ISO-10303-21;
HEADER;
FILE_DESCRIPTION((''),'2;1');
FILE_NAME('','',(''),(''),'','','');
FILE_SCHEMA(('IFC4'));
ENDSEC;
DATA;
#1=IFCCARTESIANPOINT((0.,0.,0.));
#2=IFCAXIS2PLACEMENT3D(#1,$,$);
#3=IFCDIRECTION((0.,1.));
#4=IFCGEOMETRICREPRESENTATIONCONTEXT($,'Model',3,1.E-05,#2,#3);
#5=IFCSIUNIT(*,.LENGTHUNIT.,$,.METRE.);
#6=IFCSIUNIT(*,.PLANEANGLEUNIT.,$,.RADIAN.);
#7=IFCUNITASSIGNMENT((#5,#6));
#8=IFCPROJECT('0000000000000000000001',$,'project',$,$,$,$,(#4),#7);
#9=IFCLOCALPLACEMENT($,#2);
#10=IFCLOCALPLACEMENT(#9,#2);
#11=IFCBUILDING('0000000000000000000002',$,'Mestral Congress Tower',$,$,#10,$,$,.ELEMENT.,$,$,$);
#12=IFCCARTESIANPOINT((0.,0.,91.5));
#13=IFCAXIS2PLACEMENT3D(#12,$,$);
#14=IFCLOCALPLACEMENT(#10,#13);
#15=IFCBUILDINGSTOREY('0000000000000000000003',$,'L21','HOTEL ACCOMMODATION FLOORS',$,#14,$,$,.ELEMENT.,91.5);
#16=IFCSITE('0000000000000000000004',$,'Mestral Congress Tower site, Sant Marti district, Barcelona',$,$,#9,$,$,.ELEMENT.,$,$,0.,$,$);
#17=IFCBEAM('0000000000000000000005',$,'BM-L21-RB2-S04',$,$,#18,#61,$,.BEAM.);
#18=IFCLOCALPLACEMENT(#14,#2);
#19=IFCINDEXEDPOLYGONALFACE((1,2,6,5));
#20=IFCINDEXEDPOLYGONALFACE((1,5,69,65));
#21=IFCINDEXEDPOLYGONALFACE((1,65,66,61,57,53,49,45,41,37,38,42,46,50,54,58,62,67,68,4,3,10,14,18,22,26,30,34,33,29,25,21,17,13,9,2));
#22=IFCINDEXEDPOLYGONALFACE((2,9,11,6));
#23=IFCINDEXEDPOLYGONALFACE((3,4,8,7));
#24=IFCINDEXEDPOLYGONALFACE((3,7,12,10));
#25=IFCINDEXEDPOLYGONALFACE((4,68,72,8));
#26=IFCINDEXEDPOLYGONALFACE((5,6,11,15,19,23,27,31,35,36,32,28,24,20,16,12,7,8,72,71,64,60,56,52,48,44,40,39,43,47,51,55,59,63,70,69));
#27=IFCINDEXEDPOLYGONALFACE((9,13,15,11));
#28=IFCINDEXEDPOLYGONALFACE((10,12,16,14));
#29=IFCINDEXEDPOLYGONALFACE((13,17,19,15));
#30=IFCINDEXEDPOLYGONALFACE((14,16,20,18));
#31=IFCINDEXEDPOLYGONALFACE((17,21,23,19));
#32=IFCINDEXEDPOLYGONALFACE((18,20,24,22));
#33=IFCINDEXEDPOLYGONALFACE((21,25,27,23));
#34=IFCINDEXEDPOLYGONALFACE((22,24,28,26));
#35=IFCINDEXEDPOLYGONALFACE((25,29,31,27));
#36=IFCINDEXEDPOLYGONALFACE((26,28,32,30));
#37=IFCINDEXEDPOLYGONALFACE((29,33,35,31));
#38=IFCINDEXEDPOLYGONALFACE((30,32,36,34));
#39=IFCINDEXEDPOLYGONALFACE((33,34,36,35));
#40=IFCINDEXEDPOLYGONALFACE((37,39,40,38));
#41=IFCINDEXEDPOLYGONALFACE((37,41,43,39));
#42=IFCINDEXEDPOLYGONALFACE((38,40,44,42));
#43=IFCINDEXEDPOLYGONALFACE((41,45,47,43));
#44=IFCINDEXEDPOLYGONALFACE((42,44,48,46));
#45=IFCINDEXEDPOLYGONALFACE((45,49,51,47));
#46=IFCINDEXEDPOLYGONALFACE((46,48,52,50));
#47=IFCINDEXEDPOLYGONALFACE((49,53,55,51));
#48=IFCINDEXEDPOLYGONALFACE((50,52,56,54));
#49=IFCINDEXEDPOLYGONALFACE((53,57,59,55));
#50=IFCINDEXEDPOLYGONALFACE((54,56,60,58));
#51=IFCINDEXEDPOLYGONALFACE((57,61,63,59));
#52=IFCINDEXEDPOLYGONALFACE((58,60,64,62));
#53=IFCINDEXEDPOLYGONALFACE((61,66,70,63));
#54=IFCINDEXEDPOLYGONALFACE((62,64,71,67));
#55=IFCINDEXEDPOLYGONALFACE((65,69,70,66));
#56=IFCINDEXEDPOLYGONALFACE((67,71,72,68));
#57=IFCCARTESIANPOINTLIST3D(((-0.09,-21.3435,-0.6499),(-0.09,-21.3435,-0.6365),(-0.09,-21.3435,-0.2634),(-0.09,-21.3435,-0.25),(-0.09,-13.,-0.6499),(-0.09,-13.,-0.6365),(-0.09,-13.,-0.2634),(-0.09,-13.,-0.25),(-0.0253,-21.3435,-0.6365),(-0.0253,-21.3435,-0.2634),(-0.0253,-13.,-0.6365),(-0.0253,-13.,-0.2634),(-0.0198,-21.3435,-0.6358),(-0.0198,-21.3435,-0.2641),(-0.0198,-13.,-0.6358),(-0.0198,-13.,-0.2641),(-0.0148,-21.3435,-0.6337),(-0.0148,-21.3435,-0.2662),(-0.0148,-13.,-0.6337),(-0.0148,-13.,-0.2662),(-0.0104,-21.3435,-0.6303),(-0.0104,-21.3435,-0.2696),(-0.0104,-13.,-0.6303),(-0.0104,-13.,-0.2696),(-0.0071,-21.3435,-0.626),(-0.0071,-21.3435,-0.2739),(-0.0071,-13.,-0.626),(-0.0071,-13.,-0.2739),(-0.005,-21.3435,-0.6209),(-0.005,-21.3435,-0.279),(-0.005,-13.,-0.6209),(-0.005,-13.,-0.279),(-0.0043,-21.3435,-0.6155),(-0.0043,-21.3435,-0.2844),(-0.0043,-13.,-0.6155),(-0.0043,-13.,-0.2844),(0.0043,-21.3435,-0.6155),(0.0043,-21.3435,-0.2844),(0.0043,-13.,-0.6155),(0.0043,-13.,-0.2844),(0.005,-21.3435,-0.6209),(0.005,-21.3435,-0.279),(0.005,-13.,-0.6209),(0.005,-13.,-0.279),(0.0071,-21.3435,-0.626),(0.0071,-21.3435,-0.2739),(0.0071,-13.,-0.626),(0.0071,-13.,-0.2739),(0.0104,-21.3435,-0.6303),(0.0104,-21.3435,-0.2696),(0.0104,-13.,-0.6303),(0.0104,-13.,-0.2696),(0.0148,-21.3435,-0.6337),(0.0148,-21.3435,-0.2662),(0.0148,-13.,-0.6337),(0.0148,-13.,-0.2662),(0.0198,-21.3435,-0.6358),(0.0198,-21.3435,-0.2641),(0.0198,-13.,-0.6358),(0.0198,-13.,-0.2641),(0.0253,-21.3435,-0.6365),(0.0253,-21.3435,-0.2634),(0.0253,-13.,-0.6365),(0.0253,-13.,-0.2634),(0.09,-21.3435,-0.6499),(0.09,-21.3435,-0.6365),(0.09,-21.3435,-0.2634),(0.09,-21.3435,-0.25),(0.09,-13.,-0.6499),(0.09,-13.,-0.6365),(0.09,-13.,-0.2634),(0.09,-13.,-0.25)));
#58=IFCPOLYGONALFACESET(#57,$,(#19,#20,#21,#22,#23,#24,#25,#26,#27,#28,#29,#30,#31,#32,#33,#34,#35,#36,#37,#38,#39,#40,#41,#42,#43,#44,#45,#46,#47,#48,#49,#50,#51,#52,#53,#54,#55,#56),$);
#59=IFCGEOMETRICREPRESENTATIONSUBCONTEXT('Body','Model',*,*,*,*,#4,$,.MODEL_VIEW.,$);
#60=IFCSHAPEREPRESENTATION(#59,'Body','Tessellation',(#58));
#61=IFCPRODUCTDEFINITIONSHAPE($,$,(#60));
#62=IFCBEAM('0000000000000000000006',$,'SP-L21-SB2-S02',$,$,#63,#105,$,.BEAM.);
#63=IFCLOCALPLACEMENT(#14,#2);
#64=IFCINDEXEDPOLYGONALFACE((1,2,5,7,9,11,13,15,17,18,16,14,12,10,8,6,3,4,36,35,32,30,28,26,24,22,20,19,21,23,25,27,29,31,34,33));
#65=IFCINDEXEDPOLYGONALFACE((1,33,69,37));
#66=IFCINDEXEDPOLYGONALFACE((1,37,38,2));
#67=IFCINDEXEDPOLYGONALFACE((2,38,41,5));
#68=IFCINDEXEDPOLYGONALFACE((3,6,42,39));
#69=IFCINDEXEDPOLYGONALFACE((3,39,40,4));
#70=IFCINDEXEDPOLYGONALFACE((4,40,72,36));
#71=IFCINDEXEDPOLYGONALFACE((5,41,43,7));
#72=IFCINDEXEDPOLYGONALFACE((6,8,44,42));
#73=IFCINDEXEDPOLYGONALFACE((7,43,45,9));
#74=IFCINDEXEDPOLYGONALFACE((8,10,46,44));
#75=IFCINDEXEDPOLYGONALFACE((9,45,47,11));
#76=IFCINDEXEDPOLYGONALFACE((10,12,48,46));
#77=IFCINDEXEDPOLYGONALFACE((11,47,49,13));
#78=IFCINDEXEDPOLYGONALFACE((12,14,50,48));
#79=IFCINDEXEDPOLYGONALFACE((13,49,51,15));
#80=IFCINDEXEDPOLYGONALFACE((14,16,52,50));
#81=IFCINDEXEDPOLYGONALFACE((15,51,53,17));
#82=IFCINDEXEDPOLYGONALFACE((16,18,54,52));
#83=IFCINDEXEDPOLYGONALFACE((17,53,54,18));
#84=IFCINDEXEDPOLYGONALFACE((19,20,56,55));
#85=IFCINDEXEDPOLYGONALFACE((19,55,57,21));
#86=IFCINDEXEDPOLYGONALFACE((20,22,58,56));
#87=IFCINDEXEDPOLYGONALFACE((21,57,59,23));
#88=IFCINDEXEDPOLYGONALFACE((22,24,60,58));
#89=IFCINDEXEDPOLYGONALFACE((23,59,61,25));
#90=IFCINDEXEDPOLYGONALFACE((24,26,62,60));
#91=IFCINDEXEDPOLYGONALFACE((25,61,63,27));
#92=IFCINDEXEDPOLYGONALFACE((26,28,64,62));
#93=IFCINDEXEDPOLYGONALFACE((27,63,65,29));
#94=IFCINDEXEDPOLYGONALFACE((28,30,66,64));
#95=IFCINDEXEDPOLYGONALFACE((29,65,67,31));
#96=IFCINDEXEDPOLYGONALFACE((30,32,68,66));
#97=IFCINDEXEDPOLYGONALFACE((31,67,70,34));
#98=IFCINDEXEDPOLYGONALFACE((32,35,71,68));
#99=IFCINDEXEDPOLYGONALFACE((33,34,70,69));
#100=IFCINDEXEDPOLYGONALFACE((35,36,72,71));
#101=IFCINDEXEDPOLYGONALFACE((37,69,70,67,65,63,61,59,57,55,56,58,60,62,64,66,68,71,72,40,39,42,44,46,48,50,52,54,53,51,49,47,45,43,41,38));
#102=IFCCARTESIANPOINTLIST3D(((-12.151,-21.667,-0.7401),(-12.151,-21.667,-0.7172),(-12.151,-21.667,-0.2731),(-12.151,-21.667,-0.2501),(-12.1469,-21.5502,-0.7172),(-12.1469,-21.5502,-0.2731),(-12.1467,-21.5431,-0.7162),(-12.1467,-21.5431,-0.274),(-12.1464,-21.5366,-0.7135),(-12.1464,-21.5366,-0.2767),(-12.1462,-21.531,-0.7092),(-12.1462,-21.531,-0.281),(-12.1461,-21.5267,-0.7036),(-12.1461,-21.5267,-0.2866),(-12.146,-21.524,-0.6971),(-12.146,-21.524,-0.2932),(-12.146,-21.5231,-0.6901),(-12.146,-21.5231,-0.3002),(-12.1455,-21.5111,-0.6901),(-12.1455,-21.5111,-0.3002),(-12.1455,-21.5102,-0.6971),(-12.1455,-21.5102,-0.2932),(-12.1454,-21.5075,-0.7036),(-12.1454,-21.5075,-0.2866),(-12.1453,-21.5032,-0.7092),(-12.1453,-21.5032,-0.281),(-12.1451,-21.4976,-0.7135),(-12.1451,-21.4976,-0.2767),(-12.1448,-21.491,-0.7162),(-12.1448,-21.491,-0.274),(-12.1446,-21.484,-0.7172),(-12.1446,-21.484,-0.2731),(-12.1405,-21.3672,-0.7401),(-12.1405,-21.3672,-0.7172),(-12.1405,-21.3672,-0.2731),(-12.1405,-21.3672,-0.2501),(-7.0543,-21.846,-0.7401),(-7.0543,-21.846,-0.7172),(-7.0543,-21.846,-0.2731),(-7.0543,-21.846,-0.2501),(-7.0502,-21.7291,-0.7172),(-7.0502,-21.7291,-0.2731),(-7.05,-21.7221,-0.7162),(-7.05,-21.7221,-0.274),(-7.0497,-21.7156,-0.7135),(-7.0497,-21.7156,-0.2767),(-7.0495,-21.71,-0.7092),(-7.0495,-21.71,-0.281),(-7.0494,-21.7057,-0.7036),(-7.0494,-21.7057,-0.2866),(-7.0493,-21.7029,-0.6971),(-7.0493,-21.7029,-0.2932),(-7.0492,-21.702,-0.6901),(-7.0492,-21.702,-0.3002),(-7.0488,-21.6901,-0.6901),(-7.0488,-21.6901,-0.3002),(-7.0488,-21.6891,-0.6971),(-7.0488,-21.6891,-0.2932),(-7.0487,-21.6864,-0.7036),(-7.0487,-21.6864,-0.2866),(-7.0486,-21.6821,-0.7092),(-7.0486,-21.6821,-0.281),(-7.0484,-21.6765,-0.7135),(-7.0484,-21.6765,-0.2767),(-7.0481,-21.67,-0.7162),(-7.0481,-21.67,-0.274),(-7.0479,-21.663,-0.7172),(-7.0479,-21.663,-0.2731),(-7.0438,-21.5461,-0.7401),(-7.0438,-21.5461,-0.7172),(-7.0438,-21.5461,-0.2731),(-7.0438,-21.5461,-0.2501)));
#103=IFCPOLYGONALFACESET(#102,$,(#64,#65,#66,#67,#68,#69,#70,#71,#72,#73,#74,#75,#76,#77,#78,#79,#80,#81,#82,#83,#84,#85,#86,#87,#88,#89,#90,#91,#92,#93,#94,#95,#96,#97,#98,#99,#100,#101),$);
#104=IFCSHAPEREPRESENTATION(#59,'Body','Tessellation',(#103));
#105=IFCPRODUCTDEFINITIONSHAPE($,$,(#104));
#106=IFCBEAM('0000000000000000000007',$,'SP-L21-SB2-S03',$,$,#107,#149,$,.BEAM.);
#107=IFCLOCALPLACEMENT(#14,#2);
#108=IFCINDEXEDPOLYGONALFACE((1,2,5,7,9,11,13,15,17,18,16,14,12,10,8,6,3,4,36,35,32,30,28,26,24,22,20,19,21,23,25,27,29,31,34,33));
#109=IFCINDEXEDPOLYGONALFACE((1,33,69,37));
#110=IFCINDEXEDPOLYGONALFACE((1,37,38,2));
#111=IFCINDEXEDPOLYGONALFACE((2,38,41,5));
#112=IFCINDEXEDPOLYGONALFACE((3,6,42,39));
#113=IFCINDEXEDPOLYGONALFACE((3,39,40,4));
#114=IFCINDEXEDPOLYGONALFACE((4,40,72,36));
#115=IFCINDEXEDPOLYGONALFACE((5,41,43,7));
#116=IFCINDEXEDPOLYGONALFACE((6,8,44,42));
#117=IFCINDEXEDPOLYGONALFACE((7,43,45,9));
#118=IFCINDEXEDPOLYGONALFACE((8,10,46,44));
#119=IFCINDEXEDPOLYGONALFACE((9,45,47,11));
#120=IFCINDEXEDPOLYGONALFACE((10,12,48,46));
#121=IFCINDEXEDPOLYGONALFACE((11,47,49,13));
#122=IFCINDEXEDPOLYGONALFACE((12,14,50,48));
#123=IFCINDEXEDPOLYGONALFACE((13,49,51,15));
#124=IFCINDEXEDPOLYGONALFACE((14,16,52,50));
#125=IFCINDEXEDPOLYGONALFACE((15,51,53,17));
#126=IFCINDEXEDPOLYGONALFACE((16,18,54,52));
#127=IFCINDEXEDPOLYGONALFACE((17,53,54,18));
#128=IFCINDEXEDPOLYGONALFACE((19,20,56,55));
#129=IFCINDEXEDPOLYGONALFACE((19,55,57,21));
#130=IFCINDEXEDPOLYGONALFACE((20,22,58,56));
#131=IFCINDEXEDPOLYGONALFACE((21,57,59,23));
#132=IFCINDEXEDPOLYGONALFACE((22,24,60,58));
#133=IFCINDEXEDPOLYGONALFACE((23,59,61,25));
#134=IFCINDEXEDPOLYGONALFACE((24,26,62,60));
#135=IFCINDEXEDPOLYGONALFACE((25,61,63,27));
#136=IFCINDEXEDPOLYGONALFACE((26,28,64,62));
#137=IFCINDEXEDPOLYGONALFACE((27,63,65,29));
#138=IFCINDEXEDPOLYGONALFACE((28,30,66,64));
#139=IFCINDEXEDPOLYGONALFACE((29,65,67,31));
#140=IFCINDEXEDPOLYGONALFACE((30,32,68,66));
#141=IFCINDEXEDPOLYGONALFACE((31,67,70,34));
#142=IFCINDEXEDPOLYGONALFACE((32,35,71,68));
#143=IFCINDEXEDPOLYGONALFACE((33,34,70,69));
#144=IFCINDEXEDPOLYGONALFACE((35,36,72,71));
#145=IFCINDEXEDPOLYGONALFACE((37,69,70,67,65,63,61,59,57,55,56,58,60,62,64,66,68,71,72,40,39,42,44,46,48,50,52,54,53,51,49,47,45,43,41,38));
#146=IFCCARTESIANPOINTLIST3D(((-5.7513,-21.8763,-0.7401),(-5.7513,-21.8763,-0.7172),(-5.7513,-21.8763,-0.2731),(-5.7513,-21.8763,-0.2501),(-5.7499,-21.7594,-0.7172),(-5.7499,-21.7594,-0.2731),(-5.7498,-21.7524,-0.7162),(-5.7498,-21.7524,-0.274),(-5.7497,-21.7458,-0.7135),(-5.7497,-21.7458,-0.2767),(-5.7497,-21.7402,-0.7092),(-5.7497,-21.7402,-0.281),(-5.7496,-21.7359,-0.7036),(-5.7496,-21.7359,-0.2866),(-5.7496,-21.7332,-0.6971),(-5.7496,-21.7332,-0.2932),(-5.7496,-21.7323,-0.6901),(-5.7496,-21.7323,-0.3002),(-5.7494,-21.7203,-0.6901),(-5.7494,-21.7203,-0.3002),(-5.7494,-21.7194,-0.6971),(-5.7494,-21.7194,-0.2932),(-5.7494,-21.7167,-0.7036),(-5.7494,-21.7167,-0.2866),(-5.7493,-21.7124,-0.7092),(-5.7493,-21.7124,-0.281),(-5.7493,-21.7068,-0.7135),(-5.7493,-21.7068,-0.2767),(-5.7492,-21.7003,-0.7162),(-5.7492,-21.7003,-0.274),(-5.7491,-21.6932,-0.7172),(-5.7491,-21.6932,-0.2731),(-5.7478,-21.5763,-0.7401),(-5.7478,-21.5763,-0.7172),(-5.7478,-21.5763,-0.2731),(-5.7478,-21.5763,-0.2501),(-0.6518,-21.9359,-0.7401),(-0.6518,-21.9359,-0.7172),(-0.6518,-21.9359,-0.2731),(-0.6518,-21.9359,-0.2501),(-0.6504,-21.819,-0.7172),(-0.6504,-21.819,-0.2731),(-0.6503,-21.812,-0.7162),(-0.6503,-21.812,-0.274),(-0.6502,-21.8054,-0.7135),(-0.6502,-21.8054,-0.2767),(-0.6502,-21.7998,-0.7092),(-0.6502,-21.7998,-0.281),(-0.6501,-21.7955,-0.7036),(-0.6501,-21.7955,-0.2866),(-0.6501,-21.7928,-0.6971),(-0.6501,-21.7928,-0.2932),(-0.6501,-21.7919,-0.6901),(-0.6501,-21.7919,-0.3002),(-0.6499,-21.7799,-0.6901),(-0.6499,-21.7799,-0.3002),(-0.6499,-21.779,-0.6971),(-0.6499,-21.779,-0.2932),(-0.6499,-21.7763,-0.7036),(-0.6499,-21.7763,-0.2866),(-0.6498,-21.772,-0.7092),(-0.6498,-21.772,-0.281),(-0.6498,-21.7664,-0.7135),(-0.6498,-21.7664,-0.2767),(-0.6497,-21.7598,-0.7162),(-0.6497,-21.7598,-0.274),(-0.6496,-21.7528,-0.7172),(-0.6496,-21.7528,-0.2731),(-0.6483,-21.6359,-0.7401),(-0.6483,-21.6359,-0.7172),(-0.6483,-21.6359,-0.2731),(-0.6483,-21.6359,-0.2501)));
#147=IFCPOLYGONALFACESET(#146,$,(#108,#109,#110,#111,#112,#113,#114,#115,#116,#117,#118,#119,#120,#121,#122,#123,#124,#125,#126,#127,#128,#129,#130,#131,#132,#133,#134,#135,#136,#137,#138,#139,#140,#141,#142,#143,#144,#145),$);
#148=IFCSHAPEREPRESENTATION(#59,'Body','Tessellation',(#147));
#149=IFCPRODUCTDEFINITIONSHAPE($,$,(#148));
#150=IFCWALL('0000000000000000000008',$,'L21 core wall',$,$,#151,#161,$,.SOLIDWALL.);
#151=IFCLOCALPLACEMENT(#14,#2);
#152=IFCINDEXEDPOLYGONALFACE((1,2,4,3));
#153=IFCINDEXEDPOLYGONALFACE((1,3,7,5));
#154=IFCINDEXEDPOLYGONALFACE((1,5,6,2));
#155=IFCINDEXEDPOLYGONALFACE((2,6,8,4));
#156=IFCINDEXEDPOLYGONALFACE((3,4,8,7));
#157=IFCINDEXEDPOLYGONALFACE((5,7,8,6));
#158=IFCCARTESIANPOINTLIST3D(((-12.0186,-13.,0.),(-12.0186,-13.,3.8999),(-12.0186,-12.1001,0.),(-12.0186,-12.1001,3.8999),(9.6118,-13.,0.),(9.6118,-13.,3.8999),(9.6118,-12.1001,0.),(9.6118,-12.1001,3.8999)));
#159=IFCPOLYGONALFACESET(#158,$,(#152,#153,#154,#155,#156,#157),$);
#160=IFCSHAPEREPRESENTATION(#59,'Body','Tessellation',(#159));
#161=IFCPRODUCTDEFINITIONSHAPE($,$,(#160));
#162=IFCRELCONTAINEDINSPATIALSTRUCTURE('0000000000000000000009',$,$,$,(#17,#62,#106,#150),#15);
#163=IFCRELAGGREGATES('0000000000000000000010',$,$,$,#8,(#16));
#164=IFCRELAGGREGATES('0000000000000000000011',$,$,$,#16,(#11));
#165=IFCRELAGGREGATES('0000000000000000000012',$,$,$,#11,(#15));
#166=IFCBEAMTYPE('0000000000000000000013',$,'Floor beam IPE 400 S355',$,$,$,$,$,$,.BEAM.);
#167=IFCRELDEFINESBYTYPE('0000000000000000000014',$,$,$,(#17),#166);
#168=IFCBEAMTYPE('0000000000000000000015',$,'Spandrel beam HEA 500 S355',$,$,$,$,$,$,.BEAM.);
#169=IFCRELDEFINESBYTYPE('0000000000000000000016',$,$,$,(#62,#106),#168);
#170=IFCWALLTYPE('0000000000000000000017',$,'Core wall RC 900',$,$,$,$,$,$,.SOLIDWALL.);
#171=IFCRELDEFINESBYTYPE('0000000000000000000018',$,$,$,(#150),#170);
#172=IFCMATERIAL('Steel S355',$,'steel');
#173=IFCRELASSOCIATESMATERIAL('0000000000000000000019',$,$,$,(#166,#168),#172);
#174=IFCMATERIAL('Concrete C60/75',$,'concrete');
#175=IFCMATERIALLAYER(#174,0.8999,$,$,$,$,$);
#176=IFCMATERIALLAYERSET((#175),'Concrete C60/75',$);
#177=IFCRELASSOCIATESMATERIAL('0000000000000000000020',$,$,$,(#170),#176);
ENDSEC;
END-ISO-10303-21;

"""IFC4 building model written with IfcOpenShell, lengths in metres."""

from ifc_helpers import new_model, si_unit, direction, frame, frame_2d, origin, origin_2d, place, context, subcontext, project, spatial, rectangle, i_section, extrude, material, layer, layer_set, material_profile, profile_set, type_object, element, save


model = new_model("IFC4")

# Units and contexts
model_context = context("Model", 3, precision=1e-05, world=origin(), true_north=direction((0.0, 1.0)))
body_context = subcontext(model_context, "Body", "Model", "MODEL_VIEW")
ifc_project = project(units=[si_unit("LENGTHUNIT", "METRE"), si_unit("PLANEANGLEUNIT", "RADIAN")], contexts=[model_context])

# Site, building, storey
site_placement = place(None, origin())
site = spatial("IfcSite", under=ifc_project, at=site_placement, Name="Mestral Congress Tower site, Sant Marti district, Barcelona", CompositionType="ELEMENT", RefElevation=0.0)
building_placement = place(site_placement, origin())
building = spatial("IfcBuilding", under=site, at=building_placement, Name="Mestral Congress Tower", CompositionType="ELEMENT")
storey_placement = place(building_placement, frame((0.0, 0.0, 91.5)))
storey = spatial("IfcBuildingStorey", under=building, at=storey_placement, Name="L21", Description="HOTEL ACCOMMODATION FLOORS", CompositionType="ELEMENT", Elevation=91.5)

# Beams
ifc_material_1 = material(Name="Steel S355", Category="steel")
ifc_material_profile_1 = material_profile(ifc_material_1, i_section(OverallWidth=0.1799, OverallDepth=0.3999, WebThickness=0.0085, FlangeThickness=0.0134, FilletRadius=0.021, at=origin_2d()), Name="IPE 400")
ifc_profile_set_1 = profile_set([ifc_material_profile_1], Name="Steel S355")
beam_type_1 = type_object("IfcBeamType", Name="Floor beam IPE 400 S355", PredefinedType="BEAM", material=ifc_profile_set_1)
beam_1_placement = place(storey_placement, frame((0.0, -21.3435, -0.45), z_axis=(0.0, 1.0, 0.0), x_axis=(-1.0, 0.0, 0.0)))
element("IfcBeam", 1, at=beam_1_placement, inside=storey, type_object=beam_type_1, Name="BM-L21-RB2-S04", PredefinedType="BEAM", context=body_context, shape_type="SweptSolid", body=[
    extrude(i_section(OverallWidth=0.1799, OverallDepth=0.3999, WebThickness=0.0085, FlangeThickness=0.0134, FilletRadius=0.021, at=origin_2d()), origin(), (0.0, 0.0, 1.0), 8.3435),
])
ifc_material_profile_2 = material_profile(ifc_material_1, i_section(OverallWidth=0.3, OverallDepth=0.49, WebThickness=0.012, FlangeThickness=0.0229, FilletRadius=0.0271, at=origin_2d()), Name="HEA 500")
ifc_profile_set_2 = profile_set([ifc_material_profile_2], Name="Steel S355")
beam_type_2 = type_object("IfcBeamType", Name="Spandrel beam HEA 500 S355", PredefinedType="BEAM", material=ifc_profile_set_2)
for number, where, z_axis, x_axis, name in (
    (2, (-12.1458, -21.5171, -0.4951), (0.999384, -0.03509, 0.0), (0.03509, 0.999384, 0.0), "SP-L21-SB2-S02"),
    (3, (-5.7495, -21.7263, -0.4951), (0.999932, -0.011681, 0.0), (0.011681, 0.999932, 0.0), "SP-L21-SB2-S03"),
):
    element("IfcBeam", number, at=place(storey_placement, frame(where, z_axis=z_axis, x_axis=x_axis)), inside=storey, type_object=beam_type_2, Name=name, PredefinedType="BEAM", context=body_context, shape_type="SweptSolid", body=[
        extrude(i_section(OverallWidth=0.3, OverallDepth=0.49, WebThickness=0.012, FlangeThickness=0.0229, FilletRadius=0.0271, at=origin_2d()), origin(), (0.0, 0.0, 1.0), 5.0999),
    ])

# Wall
ifc_material_2 = material(Name="Concrete C60/75", Category="concrete")
ifc_layer_1 = layer(ifc_material_2, 0.8999)
ifc_layer_set_1 = layer_set([ifc_layer_1], Name="Concrete C60/75")
wall_type_1 = type_object("IfcWallType", Name="Core wall RC 900", PredefinedType="SOLIDWALL", material=ifc_layer_set_1)
wall_1_placement = place(storey_placement, frame((-12.0186, -12.55, 0.0), z_axis=(0.0, 0.0, 1.0), x_axis=(1.0, 0.0, 0.0)))
element("IfcWall", 4, at=wall_1_placement, inside=storey, type_object=wall_type_1, Name="L21 core wall", PredefinedType="SOLIDWALL", context=body_context, shape_type="SweptSolid", body=[
    extrude(rectangle(XDim=21.6304, YDim=0.8999, at=frame_2d((10.8152, 0.0))), origin(), (0.0, 0.0, 1.0), 3.8999),
])

save(model, "model.ifc")
